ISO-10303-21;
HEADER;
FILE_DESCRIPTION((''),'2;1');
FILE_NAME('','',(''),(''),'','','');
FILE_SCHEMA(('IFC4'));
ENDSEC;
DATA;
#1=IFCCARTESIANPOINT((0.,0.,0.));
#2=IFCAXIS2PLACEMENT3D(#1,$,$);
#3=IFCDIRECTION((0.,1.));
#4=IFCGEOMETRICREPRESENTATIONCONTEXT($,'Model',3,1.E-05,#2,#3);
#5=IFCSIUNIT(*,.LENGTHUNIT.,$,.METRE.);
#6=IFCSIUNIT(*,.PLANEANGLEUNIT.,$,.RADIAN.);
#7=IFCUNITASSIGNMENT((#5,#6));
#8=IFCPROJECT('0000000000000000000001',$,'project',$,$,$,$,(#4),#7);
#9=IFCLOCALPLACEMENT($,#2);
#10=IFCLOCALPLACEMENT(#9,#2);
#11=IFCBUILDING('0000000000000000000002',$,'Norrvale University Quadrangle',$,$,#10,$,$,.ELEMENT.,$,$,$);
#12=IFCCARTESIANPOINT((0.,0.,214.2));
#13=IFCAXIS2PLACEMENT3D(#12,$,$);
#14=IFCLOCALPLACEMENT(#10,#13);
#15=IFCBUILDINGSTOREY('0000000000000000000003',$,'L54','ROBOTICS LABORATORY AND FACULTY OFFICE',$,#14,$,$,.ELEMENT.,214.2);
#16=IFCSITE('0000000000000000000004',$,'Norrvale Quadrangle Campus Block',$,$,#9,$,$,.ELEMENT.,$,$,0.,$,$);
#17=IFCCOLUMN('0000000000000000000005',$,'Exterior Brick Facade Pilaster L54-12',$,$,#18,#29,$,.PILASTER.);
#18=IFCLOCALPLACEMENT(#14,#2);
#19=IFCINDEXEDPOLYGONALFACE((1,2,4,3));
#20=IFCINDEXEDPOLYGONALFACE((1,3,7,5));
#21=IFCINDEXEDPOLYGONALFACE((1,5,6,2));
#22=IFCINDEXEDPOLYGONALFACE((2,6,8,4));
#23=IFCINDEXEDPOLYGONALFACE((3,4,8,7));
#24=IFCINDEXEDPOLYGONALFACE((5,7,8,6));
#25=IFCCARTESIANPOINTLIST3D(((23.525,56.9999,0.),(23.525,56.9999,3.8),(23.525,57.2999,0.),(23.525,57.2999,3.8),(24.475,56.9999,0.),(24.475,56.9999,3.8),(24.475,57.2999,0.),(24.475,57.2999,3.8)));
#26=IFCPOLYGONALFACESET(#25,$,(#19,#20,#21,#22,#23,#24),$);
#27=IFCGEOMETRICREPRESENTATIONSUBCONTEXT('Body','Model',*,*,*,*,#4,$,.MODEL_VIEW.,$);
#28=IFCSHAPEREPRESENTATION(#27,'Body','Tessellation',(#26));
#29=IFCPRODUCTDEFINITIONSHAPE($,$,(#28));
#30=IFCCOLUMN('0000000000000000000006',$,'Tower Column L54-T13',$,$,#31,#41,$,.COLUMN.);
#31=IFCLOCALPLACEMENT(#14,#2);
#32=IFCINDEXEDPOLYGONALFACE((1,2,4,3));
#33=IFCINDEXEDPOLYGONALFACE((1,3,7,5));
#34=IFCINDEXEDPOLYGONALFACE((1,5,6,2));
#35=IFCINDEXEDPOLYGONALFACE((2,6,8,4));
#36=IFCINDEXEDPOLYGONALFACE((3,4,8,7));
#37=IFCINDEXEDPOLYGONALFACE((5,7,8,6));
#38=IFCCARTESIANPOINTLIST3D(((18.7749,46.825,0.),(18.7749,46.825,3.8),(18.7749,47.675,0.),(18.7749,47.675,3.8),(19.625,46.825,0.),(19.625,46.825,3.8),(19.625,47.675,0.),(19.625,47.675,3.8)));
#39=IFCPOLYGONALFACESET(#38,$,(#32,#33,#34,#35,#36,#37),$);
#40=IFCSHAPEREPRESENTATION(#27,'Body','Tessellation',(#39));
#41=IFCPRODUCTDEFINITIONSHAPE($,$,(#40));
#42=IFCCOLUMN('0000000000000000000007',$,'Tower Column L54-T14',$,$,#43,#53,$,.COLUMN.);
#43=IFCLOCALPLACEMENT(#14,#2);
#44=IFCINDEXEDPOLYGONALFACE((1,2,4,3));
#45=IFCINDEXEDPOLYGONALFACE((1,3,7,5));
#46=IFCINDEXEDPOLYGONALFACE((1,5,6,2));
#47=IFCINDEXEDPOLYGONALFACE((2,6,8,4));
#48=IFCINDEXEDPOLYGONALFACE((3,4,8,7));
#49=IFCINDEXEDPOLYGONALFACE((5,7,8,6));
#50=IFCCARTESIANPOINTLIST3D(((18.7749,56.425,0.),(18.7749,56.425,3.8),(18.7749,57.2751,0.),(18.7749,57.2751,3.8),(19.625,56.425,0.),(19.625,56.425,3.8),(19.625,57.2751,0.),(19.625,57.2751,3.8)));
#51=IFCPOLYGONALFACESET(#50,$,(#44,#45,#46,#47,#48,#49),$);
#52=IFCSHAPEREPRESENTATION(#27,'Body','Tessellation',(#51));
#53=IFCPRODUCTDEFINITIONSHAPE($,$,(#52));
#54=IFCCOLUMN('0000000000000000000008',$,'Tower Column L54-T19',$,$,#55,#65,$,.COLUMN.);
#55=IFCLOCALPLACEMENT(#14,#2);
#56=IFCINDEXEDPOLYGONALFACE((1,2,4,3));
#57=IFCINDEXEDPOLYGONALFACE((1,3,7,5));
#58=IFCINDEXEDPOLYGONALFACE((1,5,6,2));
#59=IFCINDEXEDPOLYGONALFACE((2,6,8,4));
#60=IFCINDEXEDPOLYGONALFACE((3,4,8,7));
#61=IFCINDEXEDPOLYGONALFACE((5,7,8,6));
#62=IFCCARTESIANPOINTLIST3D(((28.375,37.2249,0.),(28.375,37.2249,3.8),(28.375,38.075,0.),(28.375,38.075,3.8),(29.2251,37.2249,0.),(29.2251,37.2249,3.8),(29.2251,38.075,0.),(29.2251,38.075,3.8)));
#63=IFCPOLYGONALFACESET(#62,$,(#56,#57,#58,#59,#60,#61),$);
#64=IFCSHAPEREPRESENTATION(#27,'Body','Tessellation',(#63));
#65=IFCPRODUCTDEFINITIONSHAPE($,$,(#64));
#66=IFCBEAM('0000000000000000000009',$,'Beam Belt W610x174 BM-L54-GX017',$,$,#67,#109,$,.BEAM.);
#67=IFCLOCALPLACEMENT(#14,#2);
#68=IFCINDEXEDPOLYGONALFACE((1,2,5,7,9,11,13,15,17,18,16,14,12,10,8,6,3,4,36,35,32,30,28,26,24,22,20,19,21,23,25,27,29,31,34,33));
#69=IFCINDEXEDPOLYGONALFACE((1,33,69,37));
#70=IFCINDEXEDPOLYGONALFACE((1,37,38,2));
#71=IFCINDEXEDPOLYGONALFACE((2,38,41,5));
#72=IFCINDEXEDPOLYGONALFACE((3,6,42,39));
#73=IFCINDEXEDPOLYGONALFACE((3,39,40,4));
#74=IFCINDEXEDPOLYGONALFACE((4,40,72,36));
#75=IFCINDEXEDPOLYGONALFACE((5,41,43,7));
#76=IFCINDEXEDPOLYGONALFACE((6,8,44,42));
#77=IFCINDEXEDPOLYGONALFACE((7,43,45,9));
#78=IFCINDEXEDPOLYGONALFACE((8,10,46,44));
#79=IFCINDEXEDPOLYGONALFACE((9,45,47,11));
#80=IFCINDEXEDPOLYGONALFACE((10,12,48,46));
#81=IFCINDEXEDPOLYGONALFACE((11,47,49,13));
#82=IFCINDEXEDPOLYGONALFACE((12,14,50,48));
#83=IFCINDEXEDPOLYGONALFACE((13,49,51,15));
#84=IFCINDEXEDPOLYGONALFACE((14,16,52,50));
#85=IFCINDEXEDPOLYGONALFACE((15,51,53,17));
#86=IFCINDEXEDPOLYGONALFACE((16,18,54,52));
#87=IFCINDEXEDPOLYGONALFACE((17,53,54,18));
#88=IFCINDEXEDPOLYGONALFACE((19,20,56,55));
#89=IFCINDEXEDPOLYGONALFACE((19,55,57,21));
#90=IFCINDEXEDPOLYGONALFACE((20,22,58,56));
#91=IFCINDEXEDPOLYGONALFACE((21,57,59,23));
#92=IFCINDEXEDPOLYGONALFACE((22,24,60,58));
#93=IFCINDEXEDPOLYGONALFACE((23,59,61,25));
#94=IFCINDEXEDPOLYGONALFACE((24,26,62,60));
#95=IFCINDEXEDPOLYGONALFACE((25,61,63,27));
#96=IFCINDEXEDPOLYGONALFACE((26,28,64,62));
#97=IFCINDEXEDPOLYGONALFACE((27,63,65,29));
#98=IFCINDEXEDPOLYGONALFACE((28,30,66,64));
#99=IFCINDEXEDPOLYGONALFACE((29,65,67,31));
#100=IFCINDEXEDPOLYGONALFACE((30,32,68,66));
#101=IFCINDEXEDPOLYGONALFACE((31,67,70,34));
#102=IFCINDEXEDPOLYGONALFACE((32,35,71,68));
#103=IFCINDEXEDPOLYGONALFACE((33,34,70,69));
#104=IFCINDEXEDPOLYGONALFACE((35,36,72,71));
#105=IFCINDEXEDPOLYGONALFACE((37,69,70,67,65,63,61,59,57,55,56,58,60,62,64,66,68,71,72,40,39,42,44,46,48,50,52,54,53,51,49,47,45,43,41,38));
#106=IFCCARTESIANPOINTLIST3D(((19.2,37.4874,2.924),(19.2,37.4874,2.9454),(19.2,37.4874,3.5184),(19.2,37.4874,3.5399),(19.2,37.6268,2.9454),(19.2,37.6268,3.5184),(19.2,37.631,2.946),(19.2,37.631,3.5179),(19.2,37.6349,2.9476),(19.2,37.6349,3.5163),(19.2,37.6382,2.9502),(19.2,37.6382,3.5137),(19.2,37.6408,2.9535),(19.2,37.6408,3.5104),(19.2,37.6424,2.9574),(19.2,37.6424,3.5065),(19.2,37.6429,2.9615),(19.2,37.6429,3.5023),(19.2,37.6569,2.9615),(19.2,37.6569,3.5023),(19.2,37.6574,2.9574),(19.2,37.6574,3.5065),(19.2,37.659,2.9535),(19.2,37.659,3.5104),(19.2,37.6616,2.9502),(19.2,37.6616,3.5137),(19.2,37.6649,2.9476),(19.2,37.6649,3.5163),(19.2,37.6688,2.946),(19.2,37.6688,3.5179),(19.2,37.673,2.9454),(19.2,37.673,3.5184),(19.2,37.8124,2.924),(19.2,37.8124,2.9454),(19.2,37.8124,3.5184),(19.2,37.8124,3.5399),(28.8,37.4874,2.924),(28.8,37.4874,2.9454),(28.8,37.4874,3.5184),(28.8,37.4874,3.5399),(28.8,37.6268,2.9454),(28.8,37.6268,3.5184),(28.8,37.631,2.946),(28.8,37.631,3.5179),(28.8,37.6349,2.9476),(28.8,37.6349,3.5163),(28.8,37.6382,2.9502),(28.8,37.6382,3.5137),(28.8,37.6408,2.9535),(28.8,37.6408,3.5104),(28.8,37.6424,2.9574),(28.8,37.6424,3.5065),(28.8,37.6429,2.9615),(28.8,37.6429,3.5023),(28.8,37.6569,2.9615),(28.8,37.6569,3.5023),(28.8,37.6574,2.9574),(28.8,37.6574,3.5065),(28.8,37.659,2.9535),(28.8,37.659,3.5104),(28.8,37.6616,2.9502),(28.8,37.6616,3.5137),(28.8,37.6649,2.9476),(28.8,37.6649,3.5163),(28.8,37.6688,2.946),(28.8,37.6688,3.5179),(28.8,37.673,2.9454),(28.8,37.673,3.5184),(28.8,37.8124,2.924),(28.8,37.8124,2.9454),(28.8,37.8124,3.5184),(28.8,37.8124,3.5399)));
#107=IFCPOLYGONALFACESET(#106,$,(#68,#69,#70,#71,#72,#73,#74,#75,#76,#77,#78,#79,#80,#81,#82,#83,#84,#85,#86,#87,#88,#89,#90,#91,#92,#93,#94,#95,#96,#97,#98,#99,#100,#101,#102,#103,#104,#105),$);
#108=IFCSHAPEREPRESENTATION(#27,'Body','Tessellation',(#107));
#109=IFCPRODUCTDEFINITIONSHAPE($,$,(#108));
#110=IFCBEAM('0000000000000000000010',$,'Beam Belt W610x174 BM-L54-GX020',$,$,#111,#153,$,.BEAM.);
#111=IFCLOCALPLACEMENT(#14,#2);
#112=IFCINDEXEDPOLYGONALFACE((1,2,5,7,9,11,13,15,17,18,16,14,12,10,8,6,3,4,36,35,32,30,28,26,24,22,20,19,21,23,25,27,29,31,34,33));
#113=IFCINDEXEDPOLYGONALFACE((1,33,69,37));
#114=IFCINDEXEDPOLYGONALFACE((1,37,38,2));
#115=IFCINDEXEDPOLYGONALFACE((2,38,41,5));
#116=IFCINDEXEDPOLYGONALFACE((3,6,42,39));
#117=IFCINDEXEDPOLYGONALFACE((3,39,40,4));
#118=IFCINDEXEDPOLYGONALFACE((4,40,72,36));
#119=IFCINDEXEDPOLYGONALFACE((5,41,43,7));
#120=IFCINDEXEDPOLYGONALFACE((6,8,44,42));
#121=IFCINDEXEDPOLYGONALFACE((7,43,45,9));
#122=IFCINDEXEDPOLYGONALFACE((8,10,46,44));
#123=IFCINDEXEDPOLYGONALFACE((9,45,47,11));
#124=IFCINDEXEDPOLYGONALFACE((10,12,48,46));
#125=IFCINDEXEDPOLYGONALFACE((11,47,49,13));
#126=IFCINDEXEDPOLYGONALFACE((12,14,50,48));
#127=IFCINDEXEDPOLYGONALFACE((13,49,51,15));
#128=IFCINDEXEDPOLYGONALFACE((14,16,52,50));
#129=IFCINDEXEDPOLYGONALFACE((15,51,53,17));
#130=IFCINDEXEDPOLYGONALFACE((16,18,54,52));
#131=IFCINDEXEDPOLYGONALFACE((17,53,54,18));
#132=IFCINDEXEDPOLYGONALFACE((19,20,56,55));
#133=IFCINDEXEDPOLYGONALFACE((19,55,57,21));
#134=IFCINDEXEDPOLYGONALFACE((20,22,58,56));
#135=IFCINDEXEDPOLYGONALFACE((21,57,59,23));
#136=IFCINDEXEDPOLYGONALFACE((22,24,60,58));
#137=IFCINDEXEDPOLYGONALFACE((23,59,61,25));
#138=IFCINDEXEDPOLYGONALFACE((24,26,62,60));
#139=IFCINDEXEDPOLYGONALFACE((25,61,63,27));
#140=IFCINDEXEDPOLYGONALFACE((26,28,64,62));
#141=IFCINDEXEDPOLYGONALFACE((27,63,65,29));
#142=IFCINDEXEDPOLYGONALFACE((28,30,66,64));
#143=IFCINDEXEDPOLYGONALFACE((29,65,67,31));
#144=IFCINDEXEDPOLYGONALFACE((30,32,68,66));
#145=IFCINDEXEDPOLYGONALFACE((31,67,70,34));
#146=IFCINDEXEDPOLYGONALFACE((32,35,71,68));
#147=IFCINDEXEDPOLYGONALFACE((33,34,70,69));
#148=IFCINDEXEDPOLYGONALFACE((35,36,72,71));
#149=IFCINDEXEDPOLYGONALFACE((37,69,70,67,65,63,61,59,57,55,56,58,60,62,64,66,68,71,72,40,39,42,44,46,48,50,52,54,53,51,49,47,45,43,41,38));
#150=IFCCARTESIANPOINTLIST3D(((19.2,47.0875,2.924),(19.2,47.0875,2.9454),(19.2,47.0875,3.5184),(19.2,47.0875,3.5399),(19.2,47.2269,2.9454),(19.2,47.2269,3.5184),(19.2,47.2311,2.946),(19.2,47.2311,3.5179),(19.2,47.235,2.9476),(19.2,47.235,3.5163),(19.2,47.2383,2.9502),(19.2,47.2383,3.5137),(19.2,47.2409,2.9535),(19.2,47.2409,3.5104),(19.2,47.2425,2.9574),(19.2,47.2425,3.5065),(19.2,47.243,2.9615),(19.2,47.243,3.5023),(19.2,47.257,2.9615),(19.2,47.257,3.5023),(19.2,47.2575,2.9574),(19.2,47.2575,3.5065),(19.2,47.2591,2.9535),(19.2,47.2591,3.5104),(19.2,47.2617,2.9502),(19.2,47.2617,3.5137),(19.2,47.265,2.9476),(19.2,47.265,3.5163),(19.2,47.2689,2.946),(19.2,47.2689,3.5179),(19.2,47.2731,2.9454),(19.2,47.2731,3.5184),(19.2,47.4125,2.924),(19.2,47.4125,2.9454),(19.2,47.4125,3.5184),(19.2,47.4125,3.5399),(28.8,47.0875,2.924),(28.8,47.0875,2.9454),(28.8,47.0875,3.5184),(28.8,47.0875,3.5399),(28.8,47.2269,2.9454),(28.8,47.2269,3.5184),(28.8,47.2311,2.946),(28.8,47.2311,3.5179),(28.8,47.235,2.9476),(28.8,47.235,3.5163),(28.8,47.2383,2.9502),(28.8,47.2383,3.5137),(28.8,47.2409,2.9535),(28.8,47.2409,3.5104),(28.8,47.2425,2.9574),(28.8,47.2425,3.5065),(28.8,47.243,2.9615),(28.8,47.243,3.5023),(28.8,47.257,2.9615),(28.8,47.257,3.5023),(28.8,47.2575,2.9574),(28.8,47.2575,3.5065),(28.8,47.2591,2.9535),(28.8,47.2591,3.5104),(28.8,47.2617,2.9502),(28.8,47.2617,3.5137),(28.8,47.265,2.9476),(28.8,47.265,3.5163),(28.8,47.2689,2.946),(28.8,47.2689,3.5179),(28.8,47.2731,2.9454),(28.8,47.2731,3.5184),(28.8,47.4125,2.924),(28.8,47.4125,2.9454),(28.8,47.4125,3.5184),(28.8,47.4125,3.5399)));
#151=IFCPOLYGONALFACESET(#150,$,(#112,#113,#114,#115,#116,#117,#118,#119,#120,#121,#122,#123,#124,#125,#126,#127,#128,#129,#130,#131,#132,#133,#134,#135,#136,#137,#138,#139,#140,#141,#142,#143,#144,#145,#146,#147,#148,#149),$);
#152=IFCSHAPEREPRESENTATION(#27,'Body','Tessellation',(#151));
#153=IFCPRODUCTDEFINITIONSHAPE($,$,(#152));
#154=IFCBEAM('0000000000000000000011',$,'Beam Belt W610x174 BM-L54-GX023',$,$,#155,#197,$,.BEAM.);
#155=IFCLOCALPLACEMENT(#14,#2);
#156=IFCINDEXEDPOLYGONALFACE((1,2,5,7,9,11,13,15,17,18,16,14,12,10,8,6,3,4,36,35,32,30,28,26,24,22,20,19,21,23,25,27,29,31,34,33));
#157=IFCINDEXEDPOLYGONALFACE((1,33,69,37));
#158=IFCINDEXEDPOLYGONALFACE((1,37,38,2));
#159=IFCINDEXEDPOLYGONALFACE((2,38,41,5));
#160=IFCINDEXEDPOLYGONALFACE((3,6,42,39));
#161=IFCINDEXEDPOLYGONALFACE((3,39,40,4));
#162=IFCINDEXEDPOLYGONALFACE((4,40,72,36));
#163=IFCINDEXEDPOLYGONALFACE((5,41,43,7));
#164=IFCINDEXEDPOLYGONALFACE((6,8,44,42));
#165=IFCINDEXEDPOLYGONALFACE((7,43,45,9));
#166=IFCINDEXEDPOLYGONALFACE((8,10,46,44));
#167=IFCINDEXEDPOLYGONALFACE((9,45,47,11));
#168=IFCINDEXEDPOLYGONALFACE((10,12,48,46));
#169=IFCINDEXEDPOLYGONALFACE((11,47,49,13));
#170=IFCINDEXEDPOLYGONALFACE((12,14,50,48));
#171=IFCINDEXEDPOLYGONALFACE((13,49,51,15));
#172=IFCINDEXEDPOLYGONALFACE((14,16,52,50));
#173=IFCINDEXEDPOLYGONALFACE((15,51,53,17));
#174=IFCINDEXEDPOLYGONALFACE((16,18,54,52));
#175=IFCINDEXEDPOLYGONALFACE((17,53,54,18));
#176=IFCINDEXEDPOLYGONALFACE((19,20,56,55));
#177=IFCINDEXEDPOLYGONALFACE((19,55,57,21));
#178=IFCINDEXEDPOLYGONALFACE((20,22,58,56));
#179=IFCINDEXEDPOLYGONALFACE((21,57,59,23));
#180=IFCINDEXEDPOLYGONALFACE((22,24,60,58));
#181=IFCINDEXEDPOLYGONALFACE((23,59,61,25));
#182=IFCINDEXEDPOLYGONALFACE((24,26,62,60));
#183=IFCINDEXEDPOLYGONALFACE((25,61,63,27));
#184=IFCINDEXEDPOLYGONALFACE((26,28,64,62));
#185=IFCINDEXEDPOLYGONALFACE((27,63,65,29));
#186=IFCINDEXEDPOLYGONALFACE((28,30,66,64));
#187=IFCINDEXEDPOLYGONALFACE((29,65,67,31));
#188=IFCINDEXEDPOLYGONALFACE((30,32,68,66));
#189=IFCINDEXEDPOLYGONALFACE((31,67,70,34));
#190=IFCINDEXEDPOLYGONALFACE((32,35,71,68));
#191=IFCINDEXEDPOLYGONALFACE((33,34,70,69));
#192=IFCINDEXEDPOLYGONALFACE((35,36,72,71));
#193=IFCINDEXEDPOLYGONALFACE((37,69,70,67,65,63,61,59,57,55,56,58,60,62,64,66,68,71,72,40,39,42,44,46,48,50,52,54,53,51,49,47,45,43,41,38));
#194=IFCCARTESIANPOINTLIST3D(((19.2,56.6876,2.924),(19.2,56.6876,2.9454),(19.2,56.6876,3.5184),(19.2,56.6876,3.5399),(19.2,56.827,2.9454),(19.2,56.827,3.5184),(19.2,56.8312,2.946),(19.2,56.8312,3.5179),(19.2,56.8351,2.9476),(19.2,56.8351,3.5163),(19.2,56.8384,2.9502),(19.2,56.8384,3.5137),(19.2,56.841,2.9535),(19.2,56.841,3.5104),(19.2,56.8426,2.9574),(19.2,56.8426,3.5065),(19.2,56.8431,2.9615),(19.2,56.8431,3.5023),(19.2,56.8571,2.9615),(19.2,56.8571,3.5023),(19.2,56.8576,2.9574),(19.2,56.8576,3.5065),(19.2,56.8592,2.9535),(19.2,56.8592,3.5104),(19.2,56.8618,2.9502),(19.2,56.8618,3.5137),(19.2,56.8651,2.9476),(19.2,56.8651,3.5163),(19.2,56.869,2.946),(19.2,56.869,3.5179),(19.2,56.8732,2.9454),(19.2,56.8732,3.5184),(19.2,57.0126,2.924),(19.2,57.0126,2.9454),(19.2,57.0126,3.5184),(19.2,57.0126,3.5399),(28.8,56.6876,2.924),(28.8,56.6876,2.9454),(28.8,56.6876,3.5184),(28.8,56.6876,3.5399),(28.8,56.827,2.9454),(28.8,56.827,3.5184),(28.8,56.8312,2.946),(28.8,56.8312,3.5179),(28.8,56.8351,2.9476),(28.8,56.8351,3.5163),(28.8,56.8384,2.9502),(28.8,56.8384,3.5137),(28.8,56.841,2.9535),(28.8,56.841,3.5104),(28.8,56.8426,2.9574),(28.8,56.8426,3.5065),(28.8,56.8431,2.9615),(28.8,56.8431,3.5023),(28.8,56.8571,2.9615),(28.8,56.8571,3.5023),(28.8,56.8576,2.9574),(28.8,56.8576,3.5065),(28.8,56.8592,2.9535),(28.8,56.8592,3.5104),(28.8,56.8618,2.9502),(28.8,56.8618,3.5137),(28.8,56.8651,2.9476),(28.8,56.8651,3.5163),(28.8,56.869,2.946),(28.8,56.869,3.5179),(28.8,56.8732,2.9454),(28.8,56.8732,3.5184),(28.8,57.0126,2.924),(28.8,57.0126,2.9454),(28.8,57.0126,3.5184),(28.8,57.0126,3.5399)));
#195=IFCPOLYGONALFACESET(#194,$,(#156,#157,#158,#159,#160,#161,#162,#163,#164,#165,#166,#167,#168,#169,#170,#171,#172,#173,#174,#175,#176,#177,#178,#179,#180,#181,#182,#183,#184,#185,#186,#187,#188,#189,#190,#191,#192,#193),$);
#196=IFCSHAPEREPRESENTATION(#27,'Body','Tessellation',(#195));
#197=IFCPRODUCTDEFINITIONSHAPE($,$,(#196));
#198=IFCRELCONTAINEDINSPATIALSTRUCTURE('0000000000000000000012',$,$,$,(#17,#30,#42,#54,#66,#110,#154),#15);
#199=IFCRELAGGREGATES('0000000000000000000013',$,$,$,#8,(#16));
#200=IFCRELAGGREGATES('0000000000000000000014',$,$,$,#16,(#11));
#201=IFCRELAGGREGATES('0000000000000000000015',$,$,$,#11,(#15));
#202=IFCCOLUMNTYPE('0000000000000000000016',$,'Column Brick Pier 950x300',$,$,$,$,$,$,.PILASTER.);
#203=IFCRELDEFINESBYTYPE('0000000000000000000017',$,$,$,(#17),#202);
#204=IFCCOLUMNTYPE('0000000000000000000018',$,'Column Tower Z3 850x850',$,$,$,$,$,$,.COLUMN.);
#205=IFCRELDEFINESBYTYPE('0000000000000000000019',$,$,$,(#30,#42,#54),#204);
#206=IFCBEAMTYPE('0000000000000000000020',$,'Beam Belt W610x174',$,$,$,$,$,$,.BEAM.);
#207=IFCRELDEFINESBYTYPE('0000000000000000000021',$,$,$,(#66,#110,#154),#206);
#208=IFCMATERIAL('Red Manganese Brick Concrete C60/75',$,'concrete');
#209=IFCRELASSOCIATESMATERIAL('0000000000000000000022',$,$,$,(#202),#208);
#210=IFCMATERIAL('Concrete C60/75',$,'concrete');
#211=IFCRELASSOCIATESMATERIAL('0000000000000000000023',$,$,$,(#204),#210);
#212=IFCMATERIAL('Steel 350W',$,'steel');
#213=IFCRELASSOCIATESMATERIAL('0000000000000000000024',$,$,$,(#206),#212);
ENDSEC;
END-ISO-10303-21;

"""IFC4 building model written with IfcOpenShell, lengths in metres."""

from ifc_helpers import new_model, si_unit, direction, frame, origin, origin_2d, place, context, subcontext, project, spatial, rectangle, i_section, extrude, material, material_profile, profile_set, type_object, element, save


model = new_model("IFC4")

# Units and contexts
model_context = context("Model", 3, precision=1e-05, world=origin(), true_north=direction((0.0, 1.0)))
body_context = subcontext(model_context, "Body", "Model", "MODEL_VIEW")
ifc_project = project(units=[si_unit("LENGTHUNIT", "METRE"), si_unit("PLANEANGLEUNIT", "RADIAN")], contexts=[model_context])

# Site, building, storey
site_placement = place(None, origin())
site = spatial("IfcSite", under=ifc_project, at=site_placement, Name="Norrvale Quadrangle Campus Block", CompositionType="ELEMENT", RefElevation=0.0)
building_placement = place(site_placement, origin())
building = spatial("IfcBuilding", under=site, at=building_placement, Name="Norrvale University Quadrangle", CompositionType="ELEMENT")
storey_placement = place(building_placement, frame((0.0, 0.0, 214.2)))
storey = spatial("IfcBuildingStorey", under=building, at=storey_placement, Name="L54", Description="ROBOTICS LABORATORY AND FACULTY OFFICE", CompositionType="ELEMENT", Elevation=214.2)

# Columns
ifc_material_1 = material(Name="Red Manganese Brick Concrete C60/75", Category="concrete")
ifc_material_profile_1 = material_profile(ifc_material_1, rectangle(XDim=0.95, YDim=0.3, at=origin_2d()), Name="Red Manganese Brick Concrete C60/75")
ifc_profile_set_1 = profile_set([ifc_material_profile_1], Name="Red Manganese Brick Concrete C60/75")
column_type_1 = type_object("IfcColumnType", Name="Column Brick Pier 950x300", PredefinedType="PILASTER", material=ifc_profile_set_1)
column_placement = place(storey_placement, frame((24.0, 57.1499, 0.0), z_axis=(0.0, 0.0, 1.0), x_axis=(1.0, 0.0, 0.0)))
element("IfcColumn", 1, at=column_placement, inside=storey, type_object=column_type_1, Name="Exterior Brick Facade Pilaster L54-12", PredefinedType="PILASTER", context=body_context, shape_type="SweptSolid", body=[
    extrude(rectangle(XDim=0.95, YDim=0.3, at=origin_2d()), origin(), (0.0, 0.0, 1.0), 3.8),
])
ifc_material_2 = material(Name="Concrete C60/75", Category="concrete")
ifc_material_profile_2 = material_profile(ifc_material_2, rectangle(XDim=0.8501, YDim=0.8501, at=origin_2d()), Name="Concrete C60/75")
ifc_profile_set_2 = profile_set([ifc_material_profile_2], Name="Concrete C60/75")
column_type_2 = type_object("IfcColumnType", Name="Column Tower Z3 850x850", PredefinedType="COLUMN", material=ifc_profile_set_2)
for number, where, z_axis, x_axis, name in (
    (2, (19.2, 47.25, 0.0), (0.0, 0.0, 1.0), (1.0, 0.0, 0.0), "Tower Column L54-T13"),
    (3, (19.2, 56.8501, 0.0), (0.0, 0.0, 1.0), (1.0, 0.0, 0.0), "Tower Column L54-T14"),
    (4, (28.8, 37.6499, 0.0), (0.0, 0.0, 1.0), (1.0, 0.0, 0.0), "Tower Column L54-T19"),
):
    element("IfcColumn", number, at=place(storey_placement, frame(where, z_axis=z_axis, x_axis=x_axis)), inside=storey, type_object=column_type_2, Name=name, PredefinedType="COLUMN", context=body_context, shape_type="SweptSolid", body=[
        extrude(rectangle(XDim=0.8501, YDim=0.8501, at=origin_2d()), origin(), (0.0, 0.0, 1.0), 3.8),
    ])

# Beams
ifc_material_3 = material(Name="Steel 350W", Category="steel")
ifc_material_profile_3 = material_profile(ifc_material_3, i_section(OverallWidth=0.325, OverallDepth=0.616, WebThickness=0.0139, FlangeThickness=0.0215, FilletRadius=0.0161, at=origin_2d()), Name="Steel 350W")
ifc_profile_set_3 = profile_set([ifc_material_profile_3], Name="Steel 350W")
beam_type_1 = type_object("IfcBeamType", Name="Beam Belt W610x174", PredefinedType="BEAM", material=ifc_profile_set_3)
for number, where, z_axis, x_axis, name in (
    (5, (19.2, 37.6499, 3.2319), (1.0, 0.0, 0.0), (0.0, 1.0, 0.0), "Beam Belt W610x174 BM-L54-GX017"),
    (6, (19.2, 47.25, 3.2319), (1.0, 0.0, 0.0), (0.0, 1.0, 0.0), "Beam Belt W610x174 BM-L54-GX020"),
    (7, (19.2, 56.8501, 3.2319), (1.0, 0.0, 0.0), (0.0, 1.0, 0.0), "Beam Belt W610x174 BM-L54-GX023"),
):
    element("IfcBeam", number, at=place(storey_placement, frame(where, z_axis=z_axis, x_axis=x_axis)), inside=storey, type_object=beam_type_1, Name=name, PredefinedType="BEAM", context=body_context, shape_type="SweptSolid", body=[
        extrude(i_section(OverallWidth=0.325, OverallDepth=0.616, WebThickness=0.0139, FlangeThickness=0.0215, FilletRadius=0.0161, at=origin_2d()), origin(), (0.0, 0.0, 1.0), 9.6001),
    ])

save(model, "model.ifc")
